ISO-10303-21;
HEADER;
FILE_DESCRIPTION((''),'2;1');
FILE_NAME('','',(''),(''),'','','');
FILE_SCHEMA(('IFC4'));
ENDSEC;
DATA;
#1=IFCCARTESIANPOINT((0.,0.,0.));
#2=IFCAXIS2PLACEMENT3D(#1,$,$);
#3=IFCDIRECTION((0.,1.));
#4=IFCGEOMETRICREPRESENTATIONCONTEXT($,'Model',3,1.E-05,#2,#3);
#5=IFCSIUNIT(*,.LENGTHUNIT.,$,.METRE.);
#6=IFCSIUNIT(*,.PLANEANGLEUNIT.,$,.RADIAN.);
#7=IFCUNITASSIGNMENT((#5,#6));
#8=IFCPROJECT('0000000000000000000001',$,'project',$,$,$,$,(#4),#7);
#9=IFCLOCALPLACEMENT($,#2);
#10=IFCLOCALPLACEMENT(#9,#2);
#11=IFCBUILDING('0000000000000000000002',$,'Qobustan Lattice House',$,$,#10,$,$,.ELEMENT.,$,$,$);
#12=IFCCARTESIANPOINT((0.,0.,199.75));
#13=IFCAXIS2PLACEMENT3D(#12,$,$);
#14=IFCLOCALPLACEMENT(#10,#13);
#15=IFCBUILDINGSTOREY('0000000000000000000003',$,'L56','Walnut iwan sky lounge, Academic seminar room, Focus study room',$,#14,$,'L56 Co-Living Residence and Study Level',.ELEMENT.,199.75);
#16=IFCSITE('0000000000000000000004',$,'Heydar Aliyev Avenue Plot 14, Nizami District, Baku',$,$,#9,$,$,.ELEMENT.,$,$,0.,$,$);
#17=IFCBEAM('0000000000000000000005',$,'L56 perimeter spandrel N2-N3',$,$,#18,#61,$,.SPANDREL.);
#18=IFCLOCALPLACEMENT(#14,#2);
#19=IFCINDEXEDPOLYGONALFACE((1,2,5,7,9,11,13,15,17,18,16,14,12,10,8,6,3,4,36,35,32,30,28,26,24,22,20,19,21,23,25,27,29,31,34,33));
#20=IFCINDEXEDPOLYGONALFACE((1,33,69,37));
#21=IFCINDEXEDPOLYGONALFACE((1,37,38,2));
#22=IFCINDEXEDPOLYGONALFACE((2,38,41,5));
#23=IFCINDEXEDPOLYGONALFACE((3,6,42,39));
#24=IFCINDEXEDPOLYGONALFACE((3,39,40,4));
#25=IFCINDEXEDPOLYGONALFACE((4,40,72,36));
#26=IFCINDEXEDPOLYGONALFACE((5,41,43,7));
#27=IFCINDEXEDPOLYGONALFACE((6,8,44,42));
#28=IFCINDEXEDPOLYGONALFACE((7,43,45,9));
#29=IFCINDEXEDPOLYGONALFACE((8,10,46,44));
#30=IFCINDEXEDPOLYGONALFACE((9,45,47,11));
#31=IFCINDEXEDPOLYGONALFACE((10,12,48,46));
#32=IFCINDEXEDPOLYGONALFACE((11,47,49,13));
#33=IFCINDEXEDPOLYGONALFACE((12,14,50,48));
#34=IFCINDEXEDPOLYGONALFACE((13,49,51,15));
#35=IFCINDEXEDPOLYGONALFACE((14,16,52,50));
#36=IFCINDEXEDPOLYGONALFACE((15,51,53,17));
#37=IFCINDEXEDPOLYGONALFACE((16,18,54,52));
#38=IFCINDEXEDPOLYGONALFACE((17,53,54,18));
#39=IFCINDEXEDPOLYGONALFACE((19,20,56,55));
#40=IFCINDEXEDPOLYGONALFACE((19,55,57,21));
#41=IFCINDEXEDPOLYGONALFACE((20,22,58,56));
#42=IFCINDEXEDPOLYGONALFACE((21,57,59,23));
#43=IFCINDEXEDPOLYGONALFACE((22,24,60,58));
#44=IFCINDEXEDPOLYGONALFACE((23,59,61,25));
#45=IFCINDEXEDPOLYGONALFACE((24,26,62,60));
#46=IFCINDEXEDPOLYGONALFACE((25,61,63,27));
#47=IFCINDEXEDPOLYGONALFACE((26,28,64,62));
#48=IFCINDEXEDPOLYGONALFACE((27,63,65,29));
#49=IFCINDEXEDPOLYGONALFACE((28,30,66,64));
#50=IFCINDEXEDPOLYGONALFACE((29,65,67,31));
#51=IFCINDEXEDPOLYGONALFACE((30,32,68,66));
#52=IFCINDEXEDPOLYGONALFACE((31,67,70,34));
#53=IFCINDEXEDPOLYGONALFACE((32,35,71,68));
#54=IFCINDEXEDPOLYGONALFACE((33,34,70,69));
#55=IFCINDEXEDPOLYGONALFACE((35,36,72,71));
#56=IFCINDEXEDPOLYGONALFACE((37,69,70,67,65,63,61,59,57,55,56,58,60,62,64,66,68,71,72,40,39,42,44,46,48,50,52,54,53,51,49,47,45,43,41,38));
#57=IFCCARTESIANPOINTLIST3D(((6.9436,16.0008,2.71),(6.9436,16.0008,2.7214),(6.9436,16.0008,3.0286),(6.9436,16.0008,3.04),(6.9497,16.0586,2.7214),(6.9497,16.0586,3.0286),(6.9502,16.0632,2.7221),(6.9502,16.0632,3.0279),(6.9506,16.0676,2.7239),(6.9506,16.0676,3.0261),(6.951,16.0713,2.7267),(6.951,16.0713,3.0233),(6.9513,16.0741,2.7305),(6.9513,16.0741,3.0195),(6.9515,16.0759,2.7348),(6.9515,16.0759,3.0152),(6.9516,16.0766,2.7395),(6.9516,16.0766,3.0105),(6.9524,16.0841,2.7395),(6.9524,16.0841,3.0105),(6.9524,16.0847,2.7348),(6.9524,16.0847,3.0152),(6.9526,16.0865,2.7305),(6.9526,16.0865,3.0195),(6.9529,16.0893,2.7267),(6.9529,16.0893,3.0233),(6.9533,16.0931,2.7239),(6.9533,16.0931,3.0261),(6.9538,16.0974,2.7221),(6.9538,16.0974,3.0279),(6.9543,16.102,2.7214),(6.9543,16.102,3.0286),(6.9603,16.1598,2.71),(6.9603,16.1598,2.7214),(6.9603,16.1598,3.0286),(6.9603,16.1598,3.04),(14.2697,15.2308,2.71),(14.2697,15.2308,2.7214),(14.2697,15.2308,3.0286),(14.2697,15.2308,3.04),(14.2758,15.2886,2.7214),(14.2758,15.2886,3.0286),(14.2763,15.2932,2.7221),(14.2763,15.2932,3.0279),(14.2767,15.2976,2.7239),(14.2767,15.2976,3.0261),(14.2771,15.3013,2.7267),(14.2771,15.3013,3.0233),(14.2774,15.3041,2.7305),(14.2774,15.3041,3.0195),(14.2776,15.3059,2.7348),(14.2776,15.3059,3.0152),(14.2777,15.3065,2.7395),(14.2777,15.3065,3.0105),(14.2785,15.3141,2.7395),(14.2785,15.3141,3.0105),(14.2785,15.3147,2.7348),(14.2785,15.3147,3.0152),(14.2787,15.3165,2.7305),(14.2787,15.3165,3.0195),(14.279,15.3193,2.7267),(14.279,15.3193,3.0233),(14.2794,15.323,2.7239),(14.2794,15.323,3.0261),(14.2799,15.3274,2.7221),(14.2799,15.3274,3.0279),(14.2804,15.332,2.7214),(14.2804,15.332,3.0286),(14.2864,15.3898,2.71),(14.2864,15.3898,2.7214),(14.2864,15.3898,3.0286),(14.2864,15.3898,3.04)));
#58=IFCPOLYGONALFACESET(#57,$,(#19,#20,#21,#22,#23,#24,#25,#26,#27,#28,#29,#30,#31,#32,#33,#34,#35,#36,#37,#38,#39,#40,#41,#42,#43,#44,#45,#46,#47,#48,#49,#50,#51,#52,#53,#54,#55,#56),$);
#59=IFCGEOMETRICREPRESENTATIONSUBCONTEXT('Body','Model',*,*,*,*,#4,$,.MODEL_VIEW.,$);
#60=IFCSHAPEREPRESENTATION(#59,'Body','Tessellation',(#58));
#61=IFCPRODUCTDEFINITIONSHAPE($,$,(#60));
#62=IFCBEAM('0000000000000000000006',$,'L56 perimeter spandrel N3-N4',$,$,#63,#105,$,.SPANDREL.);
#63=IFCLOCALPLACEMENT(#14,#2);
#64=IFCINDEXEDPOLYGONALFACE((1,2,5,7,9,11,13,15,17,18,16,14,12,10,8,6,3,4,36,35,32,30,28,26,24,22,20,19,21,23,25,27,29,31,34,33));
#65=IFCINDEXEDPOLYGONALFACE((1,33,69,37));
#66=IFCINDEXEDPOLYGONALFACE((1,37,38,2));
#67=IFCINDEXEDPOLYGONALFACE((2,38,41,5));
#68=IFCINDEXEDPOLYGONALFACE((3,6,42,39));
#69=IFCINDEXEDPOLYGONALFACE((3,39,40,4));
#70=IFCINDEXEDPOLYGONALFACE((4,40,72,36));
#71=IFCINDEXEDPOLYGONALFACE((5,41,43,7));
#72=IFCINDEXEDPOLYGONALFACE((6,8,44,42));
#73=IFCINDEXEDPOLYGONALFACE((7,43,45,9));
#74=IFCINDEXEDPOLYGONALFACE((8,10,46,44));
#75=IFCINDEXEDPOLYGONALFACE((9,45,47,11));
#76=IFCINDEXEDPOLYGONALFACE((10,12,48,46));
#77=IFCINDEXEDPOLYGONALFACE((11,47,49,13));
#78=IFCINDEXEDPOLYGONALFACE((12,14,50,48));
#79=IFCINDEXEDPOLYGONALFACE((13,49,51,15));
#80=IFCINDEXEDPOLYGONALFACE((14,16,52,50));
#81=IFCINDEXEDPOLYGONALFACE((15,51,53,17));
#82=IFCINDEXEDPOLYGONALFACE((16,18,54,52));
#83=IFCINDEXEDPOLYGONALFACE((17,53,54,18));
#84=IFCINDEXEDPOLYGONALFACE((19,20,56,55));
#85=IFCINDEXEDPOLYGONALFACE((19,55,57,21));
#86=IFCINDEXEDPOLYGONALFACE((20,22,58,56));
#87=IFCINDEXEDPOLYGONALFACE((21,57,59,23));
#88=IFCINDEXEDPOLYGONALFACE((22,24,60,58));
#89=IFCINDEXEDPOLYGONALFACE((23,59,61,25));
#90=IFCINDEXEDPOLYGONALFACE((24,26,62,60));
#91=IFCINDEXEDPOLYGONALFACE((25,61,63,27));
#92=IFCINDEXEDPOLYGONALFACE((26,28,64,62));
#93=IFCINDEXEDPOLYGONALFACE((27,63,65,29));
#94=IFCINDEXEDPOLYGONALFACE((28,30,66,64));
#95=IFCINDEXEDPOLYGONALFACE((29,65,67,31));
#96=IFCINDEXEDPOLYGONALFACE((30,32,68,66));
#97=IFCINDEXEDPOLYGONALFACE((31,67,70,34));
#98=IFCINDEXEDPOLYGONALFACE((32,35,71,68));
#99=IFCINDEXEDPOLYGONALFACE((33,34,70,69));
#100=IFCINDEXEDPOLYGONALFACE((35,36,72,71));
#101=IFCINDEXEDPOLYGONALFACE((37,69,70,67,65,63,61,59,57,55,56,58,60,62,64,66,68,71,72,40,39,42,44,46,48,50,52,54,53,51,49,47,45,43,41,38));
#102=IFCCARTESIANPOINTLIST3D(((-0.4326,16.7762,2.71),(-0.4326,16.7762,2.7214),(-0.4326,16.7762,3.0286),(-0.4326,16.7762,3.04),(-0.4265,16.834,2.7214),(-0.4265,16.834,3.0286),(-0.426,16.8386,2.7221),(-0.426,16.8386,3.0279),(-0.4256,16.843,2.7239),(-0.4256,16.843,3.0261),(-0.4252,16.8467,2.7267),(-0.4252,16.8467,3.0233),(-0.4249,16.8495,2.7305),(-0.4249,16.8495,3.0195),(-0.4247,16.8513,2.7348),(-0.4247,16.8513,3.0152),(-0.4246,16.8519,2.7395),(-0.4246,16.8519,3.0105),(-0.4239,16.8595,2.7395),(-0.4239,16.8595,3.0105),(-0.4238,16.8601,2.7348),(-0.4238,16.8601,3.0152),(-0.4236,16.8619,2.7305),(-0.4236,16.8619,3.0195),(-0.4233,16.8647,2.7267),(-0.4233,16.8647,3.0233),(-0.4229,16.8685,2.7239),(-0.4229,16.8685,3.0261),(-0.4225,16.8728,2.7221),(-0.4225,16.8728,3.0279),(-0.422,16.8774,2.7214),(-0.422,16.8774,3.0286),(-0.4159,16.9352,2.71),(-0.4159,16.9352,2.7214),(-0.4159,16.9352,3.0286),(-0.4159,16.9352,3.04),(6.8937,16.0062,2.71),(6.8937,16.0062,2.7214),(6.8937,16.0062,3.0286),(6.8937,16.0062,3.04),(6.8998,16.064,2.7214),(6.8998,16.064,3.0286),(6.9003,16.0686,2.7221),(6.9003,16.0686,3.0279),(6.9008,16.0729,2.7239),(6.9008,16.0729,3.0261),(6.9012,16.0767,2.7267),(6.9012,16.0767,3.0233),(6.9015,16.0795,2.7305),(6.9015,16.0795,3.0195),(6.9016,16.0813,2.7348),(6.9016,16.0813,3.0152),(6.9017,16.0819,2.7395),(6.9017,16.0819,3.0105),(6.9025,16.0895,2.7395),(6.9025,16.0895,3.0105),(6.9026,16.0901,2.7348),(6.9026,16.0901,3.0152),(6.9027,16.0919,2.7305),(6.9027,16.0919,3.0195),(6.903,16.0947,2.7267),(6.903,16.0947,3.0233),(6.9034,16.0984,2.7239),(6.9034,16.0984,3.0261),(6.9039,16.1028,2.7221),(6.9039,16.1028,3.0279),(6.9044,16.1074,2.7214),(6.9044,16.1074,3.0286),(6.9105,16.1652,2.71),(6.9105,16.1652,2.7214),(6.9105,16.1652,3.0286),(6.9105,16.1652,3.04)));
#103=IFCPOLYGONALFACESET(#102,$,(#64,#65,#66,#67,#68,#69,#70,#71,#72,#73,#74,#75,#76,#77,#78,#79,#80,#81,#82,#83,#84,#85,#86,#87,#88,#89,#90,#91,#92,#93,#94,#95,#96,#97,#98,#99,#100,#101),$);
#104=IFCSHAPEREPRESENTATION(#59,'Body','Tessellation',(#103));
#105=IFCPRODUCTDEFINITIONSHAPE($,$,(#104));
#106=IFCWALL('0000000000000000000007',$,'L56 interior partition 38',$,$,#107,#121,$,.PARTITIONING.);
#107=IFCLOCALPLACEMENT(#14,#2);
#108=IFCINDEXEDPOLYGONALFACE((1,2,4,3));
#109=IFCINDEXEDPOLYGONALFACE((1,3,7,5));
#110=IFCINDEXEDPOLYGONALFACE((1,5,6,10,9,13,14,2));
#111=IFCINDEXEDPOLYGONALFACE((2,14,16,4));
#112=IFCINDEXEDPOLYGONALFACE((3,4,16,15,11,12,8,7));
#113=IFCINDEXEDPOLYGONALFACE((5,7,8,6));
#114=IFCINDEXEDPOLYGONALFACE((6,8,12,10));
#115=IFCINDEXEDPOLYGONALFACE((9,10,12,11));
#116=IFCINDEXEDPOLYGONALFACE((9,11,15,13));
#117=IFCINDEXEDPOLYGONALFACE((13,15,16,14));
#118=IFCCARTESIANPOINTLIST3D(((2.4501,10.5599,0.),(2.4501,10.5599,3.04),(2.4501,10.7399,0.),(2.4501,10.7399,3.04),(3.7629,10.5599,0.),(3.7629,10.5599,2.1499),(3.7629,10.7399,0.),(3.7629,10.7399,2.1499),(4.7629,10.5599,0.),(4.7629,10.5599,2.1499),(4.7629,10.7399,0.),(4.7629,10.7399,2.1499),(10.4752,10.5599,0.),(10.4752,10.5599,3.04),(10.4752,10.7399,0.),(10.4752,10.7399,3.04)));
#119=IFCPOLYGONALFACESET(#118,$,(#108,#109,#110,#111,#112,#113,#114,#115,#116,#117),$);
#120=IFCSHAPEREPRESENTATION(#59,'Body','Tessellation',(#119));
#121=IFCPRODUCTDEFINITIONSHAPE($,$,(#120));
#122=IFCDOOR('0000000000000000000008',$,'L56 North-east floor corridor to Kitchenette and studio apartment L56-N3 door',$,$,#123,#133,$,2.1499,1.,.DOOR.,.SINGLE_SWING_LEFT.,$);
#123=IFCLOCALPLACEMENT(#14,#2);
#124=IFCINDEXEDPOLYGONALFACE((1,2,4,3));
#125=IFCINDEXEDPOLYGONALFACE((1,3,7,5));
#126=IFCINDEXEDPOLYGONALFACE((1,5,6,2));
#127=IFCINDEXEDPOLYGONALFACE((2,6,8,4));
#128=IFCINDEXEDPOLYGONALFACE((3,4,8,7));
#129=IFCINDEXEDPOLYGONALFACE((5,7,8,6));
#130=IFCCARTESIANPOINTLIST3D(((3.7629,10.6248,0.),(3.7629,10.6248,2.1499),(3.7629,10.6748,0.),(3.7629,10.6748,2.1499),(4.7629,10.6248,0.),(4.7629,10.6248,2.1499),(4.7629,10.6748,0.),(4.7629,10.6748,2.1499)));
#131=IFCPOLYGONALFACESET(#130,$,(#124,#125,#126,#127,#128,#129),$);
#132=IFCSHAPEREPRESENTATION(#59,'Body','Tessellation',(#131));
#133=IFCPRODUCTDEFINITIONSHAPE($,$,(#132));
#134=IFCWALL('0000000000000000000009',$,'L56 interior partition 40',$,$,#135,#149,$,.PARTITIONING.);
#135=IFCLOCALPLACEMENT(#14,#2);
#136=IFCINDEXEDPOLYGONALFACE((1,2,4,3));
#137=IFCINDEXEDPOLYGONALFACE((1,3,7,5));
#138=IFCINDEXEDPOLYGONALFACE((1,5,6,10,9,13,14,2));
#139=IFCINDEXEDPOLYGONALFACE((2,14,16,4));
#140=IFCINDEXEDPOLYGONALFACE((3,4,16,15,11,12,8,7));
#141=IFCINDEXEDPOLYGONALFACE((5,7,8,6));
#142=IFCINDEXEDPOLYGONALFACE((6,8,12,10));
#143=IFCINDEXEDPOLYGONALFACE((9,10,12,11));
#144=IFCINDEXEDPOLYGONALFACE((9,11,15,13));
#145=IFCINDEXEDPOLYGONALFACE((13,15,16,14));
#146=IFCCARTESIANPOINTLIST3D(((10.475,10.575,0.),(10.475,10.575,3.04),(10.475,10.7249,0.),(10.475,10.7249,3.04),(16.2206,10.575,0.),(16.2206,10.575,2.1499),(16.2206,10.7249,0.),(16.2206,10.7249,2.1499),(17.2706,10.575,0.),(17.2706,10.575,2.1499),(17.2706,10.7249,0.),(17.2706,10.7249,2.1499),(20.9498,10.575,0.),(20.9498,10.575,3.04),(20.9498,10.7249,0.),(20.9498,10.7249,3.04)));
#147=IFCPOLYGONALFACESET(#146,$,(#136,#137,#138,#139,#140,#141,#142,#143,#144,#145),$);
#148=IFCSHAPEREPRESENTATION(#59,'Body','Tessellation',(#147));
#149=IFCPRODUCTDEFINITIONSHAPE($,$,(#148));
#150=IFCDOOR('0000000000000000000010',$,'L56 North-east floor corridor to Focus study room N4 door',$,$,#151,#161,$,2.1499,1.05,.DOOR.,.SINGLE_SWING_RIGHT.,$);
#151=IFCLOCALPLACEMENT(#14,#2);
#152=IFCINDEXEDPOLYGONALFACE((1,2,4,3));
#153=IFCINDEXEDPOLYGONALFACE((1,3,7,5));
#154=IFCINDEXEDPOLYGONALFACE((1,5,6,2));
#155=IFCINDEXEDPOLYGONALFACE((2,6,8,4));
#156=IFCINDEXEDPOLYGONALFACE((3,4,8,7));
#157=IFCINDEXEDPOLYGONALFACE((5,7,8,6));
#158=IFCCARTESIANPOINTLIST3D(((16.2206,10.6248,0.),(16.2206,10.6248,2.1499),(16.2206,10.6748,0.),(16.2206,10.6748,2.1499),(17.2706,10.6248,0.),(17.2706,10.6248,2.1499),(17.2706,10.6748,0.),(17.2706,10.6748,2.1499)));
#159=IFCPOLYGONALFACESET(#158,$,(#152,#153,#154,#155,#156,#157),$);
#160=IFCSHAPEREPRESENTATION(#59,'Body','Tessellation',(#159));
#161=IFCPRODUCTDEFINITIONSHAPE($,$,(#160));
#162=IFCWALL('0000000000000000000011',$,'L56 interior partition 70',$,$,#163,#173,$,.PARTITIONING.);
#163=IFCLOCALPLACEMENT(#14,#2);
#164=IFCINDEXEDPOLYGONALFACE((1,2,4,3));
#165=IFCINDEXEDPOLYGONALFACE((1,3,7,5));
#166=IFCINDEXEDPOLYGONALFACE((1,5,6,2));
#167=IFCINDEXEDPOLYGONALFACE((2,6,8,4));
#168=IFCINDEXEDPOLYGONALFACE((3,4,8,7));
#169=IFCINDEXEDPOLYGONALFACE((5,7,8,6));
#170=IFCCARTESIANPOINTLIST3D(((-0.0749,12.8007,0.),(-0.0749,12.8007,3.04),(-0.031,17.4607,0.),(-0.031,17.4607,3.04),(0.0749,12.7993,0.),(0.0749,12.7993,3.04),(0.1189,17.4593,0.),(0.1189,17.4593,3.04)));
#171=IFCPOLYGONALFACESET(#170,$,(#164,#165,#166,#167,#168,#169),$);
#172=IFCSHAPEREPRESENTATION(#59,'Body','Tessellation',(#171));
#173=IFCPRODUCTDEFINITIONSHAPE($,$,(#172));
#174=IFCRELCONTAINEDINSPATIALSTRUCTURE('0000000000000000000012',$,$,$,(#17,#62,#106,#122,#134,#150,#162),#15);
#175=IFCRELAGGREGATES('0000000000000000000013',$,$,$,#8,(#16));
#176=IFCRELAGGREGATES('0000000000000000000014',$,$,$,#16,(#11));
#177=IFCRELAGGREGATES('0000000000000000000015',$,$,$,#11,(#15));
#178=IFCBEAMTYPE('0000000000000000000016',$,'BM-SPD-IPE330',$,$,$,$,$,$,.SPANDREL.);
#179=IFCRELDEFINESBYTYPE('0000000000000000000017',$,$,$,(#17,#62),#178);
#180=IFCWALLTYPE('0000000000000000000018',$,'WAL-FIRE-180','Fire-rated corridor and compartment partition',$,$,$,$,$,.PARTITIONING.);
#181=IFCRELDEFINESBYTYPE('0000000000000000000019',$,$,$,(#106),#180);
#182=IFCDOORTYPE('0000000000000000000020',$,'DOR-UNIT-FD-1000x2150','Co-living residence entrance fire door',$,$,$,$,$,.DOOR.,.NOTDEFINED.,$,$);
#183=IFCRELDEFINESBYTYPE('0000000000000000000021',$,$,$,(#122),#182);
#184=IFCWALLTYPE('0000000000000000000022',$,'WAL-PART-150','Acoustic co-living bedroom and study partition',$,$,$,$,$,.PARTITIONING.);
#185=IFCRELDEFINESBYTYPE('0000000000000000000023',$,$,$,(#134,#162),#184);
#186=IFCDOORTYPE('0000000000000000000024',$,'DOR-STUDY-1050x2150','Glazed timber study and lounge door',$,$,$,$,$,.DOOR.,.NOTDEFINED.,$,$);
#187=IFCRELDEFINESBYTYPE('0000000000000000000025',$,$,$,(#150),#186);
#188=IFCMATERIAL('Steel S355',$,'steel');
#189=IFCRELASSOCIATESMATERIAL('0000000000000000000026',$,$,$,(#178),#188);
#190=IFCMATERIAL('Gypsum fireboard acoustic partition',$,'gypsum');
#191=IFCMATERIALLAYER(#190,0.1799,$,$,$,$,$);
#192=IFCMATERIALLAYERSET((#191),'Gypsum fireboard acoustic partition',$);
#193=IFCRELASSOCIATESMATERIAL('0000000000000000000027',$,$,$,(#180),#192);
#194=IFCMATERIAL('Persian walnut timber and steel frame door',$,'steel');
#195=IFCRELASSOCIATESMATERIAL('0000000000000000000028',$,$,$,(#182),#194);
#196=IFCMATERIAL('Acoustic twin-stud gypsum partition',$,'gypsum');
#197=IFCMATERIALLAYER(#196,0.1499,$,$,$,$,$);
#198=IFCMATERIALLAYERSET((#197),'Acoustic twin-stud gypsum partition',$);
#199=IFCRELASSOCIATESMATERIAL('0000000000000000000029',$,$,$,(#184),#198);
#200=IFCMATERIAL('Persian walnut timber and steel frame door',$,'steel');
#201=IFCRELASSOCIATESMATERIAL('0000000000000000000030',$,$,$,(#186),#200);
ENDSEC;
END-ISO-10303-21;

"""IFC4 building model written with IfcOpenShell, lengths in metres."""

from ifc_helpers import new_model, si_unit, direction, frame, frame_2d, origin, origin_2d, place, context, subcontext, project, spatial, rectangle, i_section, extrude, material, layer, layer_set, material_profile, profile_set, type_object, element, fill, save


model = new_model("IFC4")

# Units and contexts
model_context = context("Model", 3, precision=1e-05, world=origin(), true_north=direction((0.0, 1.0)))
body_context = subcontext(model_context, "Body", "Model", "MODEL_VIEW")
ifc_project = project(units=[si_unit("LENGTHUNIT", "METRE"), si_unit("PLANEANGLEUNIT", "RADIAN")], contexts=[model_context])

# Site, building, storey
site_placement = place(None, origin())
site = spatial("IfcSite", under=ifc_project, at=site_placement, Name="Heydar Aliyev Avenue Plot 14, Nizami District, Baku", CompositionType="ELEMENT", RefElevation=0.0)
building_placement = place(site_placement, origin())
building = spatial("IfcBuilding", under=site, at=building_placement, Name="Qobustan Lattice House", CompositionType="ELEMENT")
storey_placement = place(building_placement, frame((0.0, 0.0, 199.75)))
storey = spatial("IfcBuildingStorey", under=building, at=storey_placement, Name="L56", Description="Walnut iwan sky lounge, Academic seminar room, Focus study room", LongName="L56 Co-Living Residence and Study Level", CompositionType="ELEMENT", Elevation=199.75)

# Beams
ifc_material_1 = material(Name="Steel S355", Category="steel")
ifc_material_profile_1 = material_profile(ifc_material_1, i_section(OverallWidth=0.1599, OverallDepth=0.3301, WebThickness=0.0076, FlangeThickness=0.0115, FilletRadius=0.0181, at=origin_2d()), Name="IPE330")
ifc_profile_set_1 = profile_set([ifc_material_profile_1], Name="Steel S355")
beam_type_1 = type_object("IfcBeamType", Name="BM-SPD-IPE330", PredefinedType="SPANDREL", material=ifc_profile_set_1)
beam_1_placement = place(storey_placement, frame((14.2781, 15.3103, 2.875), z_axis=(-0.994522, 0.10453, 0.0), x_axis=(-0.10453, -0.994522, 0.0)))
element("IfcBeam", 1, at=beam_1_placement, inside=storey, type_object=beam_type_1, Name="L56 perimeter spandrel N2-N3", PredefinedType="SPANDREL", context=body_context, shape_type="SweptSolid", body=[
    extrude(i_section(OverallWidth=0.1599, OverallDepth=0.3301, WebThickness=0.0076, FlangeThickness=0.0115, FilletRadius=0.0181, at=origin_2d()), origin(), (0.0, 0.0, 1.0), 7.3665),
])
beam_2_placement = place(storey_placement, frame((6.9021, 16.0857, 2.875), z_axis=(-0.994522, 0.104526, 0.0), x_axis=(-0.104526, -0.994522, 0.0)))
element("IfcBeam", 2, at=beam_2_placement, inside=storey, type_object=beam_type_1, Name="L56 perimeter spandrel N3-N4", PredefinedType="SPANDREL", context=body_context, shape_type="SweptSolid", body=[
    extrude(i_section(OverallWidth=0.1599, OverallDepth=0.3301, WebThickness=0.0076, FlangeThickness=0.0115, FilletRadius=0.0181, at=origin_2d()), origin(), (0.0, 0.0, 1.0), 7.3667),
])

# Walls, openings, doors
ifc_material_2 = material(Name="Gypsum fireboard acoustic partition", Category="gypsum")
ifc_layer_1 = layer(ifc_material_2, 0.1799)
ifc_layer_set_1 = layer_set([ifc_layer_1], Name="Gypsum fireboard acoustic partition")
wall_type_1 = type_object("IfcWallType", Name="WAL-FIRE-180", Description="Fire-rated corridor and compartment partition", PredefinedType="PARTITIONING", material=ifc_layer_set_1)
wall_1_placement = place(storey_placement, frame((2.45, 10.6499, 0.0), z_axis=(0.0, 0.0, 1.0), x_axis=(1.0, 0.0, 0.0)))
wall_1 = element("IfcWall", 3, at=wall_1_placement, inside=storey, type_object=wall_type_1, Name="L56 interior partition 38", PredefinedType="PARTITIONING", context=body_context, shape_type="SweptSolid", body=[
    extrude(rectangle(XDim=8.0251, YDim=0.1799, at=frame_2d((4.0127, 0.0))), origin(), (0.0, 0.0, 1.0), 3.04),
])
opening_1_placement = place(wall_1_placement, frame((1.313, 0.0, 0.0)))
opening_1 = element("IfcOpeningElement", 4, at=opening_1_placement, cuts=wall_1, PredefinedType="OPENING", context=body_context, shape_type="SweptSolid", body=[
    extrude(rectangle(XDim=1.0, YDim=2.1499, at=frame_2d((0.5, 1.075))), frame((0.0, 0.0999, 0.0), z_axis=(0.0, -1.0, 0.0), x_axis=(1.0, 0.0, 0.0)), (0.0, 0.0, 1.0), 0.2),
])
ifc_material_3 = material(Name="Persian walnut timber and steel frame door", Category="steel")
door_type_1 = type_object("IfcDoorType", Name="DOR-UNIT-FD-1000x2150", Description="Co-living residence entrance fire door", OperationType="NOTDEFINED", PredefinedType="DOOR", material=ifc_material_3)
door_1_placement = place(opening_1_placement, origin())
door_1 = element("IfcDoor", 5, at=door_1_placement, inside=storey, type_object=door_type_1, Name="L56 North-east floor corridor to Kitchenette and studio apartment L56-N3 door", OperationType="SINGLE_SWING_LEFT", OverallHeight=2.1499, OverallWidth=1.0, PredefinedType="DOOR", context=body_context, shape_type="SweptSolid", body=[
    extrude(rectangle(XDim=1.0, YDim=2.1499, at=frame_2d((0.5, 1.075))), frame((0.0, 0.0249, 0.0), z_axis=(0.0, -1.0, 0.0), x_axis=(1.0, 0.0, 0.0)), (0.0, 0.0, 1.0), 0.05),
])
fill(opening_1, door_1)
ifc_material_4 = material(Name="Acoustic twin-stud gypsum partition", Category="gypsum")
ifc_layer_2 = layer(ifc_material_4, 0.1499)
ifc_layer_set_2 = layer_set([ifc_layer_2], Name="Acoustic twin-stud gypsum partition")
wall_type_2 = type_object("IfcWallType", Name="WAL-PART-150", Description="Acoustic co-living bedroom and study partition", PredefinedType="PARTITIONING", material=ifc_layer_set_2)
wall_2_placement = place(storey_placement, frame((10.4751, 10.6499, 0.0), z_axis=(0.0, 0.0, 1.0), x_axis=(1.0, 0.0, 0.0)))
wall_2 = element("IfcWall", 6, at=wall_2_placement, inside=storey, type_object=wall_type_2, Name="L56 interior partition 40", PredefinedType="PARTITIONING", context=body_context, shape_type="SweptSolid", body=[
    extrude(rectangle(XDim=10.4749, YDim=0.1499, at=frame_2d((5.2373, 0.0))), origin(), (0.0, 0.0, 1.0), 3.04),
])
opening_2_placement = place(wall_2_placement, frame((5.7456, 0.0, 0.0)))
opening_2 = element("IfcOpeningElement", 7, at=opening_2_placement, cuts=wall_2, PredefinedType="OPENING", context=body_context, shape_type="SweptSolid", body=[
    extrude(rectangle(XDim=1.05, YDim=2.1499, at=frame_2d((0.5249, 1.075))), frame((0.0, 0.085, 0.0), z_axis=(0.0, -1.0, 0.0), x_axis=(1.0, 0.0, 0.0)), (0.0, 0.0, 1.0), 0.1699),
])
ifc_material_5 = material(Name="Persian walnut timber and steel frame door", Category="steel")
door_type_2 = type_object("IfcDoorType", Name="DOR-STUDY-1050x2150", Description="Glazed timber study and lounge door", OperationType="NOTDEFINED", PredefinedType="DOOR", material=ifc_material_5)
door_2_placement = place(opening_2_placement, origin())
door_2 = element("IfcDoor", 8, at=door_2_placement, inside=storey, type_object=door_type_2, Name="L56 North-east floor corridor to Focus study room N4 door", OperationType="SINGLE_SWING_RIGHT", OverallHeight=2.1499, OverallWidth=1.05, PredefinedType="DOOR", context=body_context, shape_type="SweptSolid", body=[
    extrude(rectangle(XDim=1.05, YDim=2.1499, at=frame_2d((0.5249, 1.075))), frame((0.0, 0.0249, 0.0), z_axis=(0.0, -1.0, 0.0), x_axis=(1.0, 0.0, 0.0)), (0.0, 0.0, 1.0), 0.05),
])
fill(opening_2, door_2)

# Wall
wall_3_placement = place(storey_placement, frame((0.0439, 17.46, 0.0), z_axis=(0.0, 0.0, 1.0), x_axis=(-0.00943, -0.999956, 0.0)))
element("IfcWall", 9, at=wall_3_placement, inside=storey, type_object=wall_type_2, Name="L56 interior partition 70", PredefinedType="PARTITIONING", context=body_context, shape_type="SweptSolid", body=[
    extrude(rectangle(XDim=4.6602, YDim=0.1499, at=frame_2d((2.3301, 0.0))), origin(), (0.0, 0.0, 1.0), 3.04),
])

save(model, "model.ifc")
